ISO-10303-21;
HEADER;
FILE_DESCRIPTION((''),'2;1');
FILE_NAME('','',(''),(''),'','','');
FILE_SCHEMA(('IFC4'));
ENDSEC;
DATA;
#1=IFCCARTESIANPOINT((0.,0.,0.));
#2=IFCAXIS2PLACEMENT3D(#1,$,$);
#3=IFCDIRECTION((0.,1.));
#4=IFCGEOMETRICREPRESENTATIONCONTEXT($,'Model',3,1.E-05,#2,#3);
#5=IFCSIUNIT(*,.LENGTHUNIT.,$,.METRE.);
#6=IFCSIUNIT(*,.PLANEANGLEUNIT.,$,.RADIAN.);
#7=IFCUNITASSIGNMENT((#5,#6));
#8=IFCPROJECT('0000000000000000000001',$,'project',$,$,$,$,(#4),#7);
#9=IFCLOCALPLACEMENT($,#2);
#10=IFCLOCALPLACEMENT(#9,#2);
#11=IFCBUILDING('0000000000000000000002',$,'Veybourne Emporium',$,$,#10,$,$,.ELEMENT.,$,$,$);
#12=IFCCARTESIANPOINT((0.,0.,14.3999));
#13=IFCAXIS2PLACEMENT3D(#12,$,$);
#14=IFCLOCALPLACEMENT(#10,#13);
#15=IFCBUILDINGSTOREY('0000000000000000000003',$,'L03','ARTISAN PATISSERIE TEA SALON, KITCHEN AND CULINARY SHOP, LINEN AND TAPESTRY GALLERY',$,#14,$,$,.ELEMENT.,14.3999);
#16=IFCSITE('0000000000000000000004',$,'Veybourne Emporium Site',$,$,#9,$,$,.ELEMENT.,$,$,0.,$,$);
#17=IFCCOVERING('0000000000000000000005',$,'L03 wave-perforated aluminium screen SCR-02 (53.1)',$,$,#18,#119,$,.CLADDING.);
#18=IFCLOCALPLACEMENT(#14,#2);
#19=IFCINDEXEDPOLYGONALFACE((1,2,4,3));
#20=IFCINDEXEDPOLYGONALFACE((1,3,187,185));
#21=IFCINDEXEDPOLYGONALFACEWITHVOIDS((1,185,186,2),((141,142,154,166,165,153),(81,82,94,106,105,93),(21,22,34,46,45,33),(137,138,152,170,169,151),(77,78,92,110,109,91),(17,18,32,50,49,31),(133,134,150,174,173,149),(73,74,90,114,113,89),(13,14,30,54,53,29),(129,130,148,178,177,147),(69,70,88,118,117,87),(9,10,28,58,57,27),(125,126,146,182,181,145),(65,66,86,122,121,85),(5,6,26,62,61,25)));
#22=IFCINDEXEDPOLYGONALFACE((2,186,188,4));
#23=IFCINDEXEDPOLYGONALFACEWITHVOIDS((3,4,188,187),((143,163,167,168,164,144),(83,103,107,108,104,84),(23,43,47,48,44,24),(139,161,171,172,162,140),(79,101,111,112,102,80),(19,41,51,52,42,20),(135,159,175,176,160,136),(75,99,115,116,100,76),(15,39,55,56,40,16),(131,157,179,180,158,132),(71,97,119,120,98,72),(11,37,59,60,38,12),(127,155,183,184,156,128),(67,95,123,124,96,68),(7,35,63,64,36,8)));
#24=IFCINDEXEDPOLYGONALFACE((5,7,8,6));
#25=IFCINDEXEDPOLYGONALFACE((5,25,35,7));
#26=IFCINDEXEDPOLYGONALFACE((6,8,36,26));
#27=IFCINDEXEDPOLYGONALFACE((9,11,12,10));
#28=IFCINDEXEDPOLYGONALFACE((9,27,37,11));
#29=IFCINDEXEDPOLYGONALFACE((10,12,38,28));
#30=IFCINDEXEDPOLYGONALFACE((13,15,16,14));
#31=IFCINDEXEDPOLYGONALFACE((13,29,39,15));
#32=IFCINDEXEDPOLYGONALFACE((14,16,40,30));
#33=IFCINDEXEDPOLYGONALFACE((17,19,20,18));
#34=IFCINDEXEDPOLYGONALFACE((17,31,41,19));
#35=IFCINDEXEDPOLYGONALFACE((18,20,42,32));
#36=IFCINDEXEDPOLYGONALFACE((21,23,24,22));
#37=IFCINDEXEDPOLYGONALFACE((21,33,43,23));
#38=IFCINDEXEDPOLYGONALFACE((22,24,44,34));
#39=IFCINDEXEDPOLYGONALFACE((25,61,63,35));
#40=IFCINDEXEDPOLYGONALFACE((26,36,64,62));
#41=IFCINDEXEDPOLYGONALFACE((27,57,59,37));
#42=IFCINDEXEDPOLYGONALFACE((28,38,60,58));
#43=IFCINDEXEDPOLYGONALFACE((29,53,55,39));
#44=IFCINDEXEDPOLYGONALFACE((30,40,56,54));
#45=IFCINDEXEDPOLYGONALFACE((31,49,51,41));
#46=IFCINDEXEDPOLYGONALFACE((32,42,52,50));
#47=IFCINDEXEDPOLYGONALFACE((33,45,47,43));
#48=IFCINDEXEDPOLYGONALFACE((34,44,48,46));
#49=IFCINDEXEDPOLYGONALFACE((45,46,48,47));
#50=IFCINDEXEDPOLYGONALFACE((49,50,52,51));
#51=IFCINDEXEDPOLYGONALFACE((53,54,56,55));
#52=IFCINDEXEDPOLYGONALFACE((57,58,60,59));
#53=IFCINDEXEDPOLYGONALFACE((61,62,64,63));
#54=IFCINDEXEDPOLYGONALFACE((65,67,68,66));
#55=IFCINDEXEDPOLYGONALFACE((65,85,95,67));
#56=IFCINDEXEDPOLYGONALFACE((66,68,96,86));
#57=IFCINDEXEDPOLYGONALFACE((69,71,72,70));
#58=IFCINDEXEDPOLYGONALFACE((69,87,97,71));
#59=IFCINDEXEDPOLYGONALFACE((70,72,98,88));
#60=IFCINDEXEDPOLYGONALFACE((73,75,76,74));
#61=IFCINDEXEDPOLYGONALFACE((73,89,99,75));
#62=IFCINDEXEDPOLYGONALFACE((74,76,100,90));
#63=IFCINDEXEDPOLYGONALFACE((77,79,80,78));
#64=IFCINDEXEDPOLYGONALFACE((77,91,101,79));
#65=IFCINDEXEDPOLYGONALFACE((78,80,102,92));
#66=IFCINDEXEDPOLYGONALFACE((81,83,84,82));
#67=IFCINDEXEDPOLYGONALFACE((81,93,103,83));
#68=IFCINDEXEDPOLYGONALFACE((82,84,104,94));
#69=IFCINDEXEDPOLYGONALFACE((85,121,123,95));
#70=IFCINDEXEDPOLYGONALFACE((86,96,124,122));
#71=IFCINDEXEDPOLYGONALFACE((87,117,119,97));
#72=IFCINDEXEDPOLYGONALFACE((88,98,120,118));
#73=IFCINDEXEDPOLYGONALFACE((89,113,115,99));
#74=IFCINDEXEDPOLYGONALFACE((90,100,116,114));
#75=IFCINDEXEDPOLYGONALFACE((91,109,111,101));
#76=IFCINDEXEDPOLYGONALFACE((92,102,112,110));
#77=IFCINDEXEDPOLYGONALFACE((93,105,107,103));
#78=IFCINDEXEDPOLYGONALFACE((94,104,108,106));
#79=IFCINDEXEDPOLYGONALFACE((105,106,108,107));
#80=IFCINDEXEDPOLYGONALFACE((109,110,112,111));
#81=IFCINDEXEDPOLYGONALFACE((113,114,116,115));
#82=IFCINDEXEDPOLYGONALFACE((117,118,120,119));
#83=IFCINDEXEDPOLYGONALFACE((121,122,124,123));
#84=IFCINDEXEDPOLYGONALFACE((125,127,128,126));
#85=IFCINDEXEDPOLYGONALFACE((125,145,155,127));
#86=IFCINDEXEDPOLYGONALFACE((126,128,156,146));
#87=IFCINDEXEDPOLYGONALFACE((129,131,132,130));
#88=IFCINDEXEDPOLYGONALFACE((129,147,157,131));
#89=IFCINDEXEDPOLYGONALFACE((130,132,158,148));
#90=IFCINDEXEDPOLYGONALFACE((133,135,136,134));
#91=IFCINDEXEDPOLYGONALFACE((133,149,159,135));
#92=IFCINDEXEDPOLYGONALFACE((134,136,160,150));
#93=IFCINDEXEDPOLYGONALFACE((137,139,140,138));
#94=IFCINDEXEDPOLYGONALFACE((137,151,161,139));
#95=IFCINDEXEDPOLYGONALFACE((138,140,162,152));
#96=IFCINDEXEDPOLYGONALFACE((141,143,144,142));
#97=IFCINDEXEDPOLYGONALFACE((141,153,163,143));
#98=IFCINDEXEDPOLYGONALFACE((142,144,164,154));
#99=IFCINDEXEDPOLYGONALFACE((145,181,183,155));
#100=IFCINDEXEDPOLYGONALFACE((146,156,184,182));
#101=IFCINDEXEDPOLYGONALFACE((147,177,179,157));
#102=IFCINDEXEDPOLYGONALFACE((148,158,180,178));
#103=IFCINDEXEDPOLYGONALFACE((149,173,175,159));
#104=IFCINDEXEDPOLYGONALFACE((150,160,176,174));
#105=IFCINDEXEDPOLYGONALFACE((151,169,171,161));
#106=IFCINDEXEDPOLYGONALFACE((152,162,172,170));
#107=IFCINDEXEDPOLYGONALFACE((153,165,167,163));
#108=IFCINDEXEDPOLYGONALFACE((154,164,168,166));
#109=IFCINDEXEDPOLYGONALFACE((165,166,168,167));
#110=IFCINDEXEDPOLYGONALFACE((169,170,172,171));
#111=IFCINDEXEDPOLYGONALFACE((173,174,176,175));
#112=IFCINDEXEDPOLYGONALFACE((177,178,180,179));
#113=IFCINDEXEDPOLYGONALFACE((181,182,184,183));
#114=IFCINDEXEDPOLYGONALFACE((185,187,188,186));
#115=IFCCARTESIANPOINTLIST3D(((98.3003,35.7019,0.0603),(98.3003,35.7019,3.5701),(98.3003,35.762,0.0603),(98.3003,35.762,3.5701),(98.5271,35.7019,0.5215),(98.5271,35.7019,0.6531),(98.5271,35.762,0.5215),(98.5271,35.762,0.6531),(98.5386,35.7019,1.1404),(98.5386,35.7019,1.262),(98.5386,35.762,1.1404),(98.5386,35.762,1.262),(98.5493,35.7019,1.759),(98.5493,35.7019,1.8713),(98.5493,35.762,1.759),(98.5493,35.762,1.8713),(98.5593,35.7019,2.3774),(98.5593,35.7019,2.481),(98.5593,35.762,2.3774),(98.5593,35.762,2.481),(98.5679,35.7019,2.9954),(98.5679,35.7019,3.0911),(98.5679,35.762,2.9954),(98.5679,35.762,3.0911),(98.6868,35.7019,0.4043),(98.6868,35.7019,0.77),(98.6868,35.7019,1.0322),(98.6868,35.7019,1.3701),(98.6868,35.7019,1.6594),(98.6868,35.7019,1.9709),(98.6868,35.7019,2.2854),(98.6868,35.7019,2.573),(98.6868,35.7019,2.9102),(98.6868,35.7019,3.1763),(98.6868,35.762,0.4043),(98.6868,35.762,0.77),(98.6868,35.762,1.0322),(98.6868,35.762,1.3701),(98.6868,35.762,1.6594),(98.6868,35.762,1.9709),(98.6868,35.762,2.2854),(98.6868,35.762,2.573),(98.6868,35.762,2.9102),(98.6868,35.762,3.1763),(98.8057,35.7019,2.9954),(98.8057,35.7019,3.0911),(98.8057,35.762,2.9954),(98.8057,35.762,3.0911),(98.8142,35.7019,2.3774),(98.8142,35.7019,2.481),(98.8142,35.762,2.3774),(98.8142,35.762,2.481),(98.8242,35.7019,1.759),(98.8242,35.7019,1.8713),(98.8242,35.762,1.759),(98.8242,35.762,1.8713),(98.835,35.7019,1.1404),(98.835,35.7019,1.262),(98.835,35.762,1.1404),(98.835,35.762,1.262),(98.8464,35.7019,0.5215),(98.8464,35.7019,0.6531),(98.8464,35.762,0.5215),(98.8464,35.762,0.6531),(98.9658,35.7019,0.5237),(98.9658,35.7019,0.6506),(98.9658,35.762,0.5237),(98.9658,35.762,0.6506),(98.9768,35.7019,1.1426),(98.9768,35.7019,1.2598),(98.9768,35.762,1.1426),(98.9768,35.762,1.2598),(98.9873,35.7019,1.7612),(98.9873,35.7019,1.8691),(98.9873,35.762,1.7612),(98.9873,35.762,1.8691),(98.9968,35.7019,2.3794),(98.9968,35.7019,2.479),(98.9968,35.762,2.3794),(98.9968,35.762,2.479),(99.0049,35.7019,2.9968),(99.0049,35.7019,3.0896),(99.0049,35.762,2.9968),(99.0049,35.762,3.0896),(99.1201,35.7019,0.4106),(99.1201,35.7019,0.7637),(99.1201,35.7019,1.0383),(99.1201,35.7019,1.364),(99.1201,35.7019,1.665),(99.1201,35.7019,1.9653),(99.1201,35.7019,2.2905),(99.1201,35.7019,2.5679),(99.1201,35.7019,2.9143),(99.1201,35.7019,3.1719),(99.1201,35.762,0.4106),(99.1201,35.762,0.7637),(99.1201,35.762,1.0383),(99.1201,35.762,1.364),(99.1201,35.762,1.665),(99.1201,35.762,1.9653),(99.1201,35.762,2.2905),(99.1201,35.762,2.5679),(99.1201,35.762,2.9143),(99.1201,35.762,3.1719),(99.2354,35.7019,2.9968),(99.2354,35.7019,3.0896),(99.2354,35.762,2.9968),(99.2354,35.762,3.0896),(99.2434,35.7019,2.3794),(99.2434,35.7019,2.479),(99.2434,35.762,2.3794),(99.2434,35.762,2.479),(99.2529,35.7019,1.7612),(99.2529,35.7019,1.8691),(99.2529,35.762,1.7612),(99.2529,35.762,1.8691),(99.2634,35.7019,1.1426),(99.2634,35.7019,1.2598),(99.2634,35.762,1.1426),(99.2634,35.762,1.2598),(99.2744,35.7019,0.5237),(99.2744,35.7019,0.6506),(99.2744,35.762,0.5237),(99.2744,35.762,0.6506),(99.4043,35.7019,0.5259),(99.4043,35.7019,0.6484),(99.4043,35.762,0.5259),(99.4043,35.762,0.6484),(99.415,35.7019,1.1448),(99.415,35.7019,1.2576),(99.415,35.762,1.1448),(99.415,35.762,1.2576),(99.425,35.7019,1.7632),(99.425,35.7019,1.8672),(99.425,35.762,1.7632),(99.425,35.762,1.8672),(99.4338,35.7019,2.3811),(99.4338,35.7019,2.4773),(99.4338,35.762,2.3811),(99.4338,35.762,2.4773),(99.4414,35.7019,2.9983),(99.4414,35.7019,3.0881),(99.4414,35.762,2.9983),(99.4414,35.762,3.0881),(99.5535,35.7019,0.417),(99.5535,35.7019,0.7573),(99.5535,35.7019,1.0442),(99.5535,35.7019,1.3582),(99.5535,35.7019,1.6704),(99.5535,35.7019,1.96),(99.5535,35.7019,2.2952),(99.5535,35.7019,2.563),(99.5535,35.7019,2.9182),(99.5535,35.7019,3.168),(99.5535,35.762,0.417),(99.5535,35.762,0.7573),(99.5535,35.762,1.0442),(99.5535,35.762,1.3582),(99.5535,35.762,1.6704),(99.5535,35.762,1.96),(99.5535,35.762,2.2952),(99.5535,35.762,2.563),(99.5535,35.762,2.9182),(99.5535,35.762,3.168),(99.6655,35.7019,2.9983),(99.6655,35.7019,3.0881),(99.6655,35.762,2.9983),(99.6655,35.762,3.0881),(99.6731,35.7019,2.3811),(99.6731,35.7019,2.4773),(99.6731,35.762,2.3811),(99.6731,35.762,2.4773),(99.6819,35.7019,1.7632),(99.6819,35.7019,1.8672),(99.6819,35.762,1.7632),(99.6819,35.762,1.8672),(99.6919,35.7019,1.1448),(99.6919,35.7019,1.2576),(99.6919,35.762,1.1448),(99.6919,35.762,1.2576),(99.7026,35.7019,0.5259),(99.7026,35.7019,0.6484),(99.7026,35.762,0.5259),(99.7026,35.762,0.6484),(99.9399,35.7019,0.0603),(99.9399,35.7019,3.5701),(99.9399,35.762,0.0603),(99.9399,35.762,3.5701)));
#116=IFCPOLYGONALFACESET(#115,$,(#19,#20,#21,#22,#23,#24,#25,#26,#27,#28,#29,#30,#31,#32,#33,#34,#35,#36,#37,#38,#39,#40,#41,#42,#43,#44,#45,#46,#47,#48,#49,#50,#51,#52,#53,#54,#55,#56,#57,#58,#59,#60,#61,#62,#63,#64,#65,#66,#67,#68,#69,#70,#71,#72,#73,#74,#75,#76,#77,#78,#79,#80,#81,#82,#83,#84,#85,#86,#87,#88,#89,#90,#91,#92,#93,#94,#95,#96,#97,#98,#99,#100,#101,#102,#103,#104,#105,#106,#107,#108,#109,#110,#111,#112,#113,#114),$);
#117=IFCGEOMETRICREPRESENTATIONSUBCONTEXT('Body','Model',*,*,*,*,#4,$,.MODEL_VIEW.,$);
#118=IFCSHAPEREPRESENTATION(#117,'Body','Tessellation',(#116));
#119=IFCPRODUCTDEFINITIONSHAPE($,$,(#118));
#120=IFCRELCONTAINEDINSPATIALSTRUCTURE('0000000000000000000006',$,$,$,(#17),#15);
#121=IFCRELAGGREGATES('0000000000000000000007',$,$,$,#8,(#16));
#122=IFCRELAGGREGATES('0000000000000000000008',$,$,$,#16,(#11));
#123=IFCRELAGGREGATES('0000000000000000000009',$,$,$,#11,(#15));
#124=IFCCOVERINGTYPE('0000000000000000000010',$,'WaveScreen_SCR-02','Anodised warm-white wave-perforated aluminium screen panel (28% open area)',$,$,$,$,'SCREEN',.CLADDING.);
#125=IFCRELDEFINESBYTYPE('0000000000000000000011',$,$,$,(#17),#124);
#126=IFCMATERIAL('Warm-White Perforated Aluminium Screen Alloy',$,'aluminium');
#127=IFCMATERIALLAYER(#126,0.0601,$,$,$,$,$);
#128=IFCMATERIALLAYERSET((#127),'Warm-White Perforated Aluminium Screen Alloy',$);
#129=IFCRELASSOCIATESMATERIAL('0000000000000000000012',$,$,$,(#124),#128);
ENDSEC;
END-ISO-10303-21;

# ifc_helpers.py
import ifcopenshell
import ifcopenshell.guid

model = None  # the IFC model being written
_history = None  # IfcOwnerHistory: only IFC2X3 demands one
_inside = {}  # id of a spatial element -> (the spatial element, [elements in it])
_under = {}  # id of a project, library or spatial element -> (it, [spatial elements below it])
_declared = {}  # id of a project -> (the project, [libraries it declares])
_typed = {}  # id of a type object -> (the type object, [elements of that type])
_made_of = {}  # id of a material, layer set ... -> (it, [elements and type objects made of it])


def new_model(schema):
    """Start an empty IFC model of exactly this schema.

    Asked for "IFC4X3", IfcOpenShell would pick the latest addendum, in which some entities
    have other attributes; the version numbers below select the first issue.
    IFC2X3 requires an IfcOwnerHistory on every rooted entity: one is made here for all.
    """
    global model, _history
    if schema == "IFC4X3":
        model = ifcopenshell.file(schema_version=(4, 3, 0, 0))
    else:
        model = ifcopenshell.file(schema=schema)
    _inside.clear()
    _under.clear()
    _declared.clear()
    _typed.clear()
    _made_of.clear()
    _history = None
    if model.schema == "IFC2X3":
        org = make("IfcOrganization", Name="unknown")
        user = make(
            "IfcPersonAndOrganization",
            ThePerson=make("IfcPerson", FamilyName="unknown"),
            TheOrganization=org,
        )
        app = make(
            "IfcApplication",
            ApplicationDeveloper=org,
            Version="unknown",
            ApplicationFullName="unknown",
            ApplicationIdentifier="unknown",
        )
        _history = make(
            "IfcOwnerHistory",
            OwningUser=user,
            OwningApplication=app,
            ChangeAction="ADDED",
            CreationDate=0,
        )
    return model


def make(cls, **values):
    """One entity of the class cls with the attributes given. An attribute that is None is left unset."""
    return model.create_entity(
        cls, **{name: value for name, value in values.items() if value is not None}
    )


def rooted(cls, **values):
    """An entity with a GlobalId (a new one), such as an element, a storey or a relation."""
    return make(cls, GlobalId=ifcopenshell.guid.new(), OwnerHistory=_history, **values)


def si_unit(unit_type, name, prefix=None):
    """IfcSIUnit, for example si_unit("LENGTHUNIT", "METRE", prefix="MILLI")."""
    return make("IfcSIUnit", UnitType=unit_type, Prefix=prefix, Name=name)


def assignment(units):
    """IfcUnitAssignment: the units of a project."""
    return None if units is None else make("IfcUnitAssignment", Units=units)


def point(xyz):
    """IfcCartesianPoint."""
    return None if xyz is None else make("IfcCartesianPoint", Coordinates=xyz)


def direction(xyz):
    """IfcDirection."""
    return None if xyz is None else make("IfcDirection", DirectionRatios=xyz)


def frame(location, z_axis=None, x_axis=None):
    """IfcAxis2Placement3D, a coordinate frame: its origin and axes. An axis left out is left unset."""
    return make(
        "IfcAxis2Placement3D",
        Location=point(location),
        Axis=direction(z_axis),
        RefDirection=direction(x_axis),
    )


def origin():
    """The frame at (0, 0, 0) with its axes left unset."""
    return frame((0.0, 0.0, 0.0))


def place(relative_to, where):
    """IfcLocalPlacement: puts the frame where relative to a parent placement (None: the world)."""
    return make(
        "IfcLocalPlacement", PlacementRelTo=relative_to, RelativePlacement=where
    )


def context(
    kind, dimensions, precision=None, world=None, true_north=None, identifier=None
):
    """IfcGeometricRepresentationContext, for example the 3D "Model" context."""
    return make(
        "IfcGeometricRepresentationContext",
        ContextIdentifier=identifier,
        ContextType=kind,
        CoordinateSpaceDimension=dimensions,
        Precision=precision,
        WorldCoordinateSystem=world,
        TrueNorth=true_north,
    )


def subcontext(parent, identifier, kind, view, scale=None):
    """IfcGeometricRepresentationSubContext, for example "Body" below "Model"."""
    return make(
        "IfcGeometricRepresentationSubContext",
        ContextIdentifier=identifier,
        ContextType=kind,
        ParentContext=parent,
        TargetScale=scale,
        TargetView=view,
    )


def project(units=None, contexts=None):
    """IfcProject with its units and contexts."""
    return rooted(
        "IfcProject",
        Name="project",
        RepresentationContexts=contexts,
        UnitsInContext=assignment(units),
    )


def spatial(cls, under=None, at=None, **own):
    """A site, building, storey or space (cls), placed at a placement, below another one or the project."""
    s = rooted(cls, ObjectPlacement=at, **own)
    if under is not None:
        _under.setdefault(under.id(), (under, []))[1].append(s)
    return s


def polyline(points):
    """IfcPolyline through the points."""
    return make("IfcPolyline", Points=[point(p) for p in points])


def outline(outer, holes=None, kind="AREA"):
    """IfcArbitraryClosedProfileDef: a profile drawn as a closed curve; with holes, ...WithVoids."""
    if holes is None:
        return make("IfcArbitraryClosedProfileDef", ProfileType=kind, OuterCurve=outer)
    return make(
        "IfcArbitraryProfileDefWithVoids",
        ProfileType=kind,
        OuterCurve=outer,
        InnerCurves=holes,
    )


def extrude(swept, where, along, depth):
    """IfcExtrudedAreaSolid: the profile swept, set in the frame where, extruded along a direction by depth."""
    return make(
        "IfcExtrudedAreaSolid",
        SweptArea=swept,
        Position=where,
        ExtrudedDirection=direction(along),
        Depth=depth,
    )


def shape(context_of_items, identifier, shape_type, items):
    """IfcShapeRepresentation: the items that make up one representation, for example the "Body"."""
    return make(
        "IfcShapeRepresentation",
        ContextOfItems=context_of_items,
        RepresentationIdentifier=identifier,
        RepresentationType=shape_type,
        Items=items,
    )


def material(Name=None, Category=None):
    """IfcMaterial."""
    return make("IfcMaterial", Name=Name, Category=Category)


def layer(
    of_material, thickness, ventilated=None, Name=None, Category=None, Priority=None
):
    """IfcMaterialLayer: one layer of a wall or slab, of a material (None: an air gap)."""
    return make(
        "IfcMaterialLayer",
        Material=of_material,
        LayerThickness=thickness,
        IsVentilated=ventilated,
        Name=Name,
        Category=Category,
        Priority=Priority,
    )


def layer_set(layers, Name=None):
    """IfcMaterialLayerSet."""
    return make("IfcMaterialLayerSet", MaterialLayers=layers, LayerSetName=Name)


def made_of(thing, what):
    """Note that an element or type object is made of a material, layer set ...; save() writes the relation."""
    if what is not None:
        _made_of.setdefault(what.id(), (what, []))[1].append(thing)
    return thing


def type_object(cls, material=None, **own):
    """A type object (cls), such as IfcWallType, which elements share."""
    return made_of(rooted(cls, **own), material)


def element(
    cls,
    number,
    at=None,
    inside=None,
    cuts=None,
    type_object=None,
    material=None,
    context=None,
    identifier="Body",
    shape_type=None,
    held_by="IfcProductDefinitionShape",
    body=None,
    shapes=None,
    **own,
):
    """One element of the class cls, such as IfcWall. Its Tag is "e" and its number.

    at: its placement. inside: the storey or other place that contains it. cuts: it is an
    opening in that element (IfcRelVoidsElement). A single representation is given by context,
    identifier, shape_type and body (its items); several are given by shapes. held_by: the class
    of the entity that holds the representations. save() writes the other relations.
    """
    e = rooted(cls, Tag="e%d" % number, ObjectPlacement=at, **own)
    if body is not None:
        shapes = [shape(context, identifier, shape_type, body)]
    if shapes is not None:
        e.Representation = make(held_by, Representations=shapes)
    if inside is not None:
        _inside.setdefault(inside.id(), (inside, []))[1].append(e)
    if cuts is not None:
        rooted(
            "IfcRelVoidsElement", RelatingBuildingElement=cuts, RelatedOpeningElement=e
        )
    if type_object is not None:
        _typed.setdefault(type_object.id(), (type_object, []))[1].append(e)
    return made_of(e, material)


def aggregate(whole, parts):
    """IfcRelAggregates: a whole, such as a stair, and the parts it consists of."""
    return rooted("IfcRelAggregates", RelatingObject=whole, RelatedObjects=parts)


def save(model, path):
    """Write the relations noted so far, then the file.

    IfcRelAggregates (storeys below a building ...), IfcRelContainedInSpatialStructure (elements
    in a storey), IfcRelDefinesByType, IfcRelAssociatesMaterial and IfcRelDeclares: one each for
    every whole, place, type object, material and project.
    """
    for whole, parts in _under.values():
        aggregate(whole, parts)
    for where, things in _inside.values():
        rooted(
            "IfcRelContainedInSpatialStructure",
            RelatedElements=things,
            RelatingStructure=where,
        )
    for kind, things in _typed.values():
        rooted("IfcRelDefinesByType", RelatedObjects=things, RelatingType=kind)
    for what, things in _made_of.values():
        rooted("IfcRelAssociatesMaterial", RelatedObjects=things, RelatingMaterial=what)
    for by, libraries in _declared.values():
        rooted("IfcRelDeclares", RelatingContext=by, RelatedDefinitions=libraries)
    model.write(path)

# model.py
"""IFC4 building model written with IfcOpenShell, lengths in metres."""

from ifc_helpers import new_model, si_unit, direction, frame, origin, place, context, subcontext, project, spatial, polyline, outline, extrude, material, layer, layer_set, type_object, element, save


model = new_model("IFC4")

# Units and contexts
model_context = context("Model", 3, precision=1e-05, world=origin(), true_north=direction((0.0, 1.0)))
body_context = subcontext(model_context, "Body", "Model", "MODEL_VIEW")
ifc_project = project(units=[si_unit("LENGTHUNIT", "METRE"), si_unit("PLANEANGLEUNIT", "RADIAN")], contexts=[model_context])

# Site, building, storey
site_placement = place(None, origin())
site = spatial("IfcSite", under=ifc_project, at=site_placement, Name="Veybourne Emporium Site", CompositionType="ELEMENT", RefElevation=0.0)
building_placement = place(site_placement, origin())
building = spatial("IfcBuilding", under=site, at=building_placement, Name="Veybourne Emporium", CompositionType="ELEMENT")
storey_placement = place(building_placement, frame((0.0, 0.0, 14.3999)))
storey = spatial("IfcBuildingStorey", under=building, at=storey_placement, Name="L03", Description="ARTISAN PATISSERIE TEA SALON, KITCHEN AND CULINARY SHOP, LINEN AND TAPESTRY GALLERY", CompositionType="ELEMENT", Elevation=14.3999)

# Covering
ifc_material_1 = material(Name="Warm-White Perforated Aluminium Screen Alloy", Category="aluminium")
ifc_layer_1 = layer(ifc_material_1, 0.0601)
ifc_layer_set_1 = layer_set([ifc_layer_1], Name="Warm-White Perforated Aluminium Screen Alloy")
covering_type_1 = type_object("IfcCoveringType", Name="WaveScreen_SCR-02", Description="Anodised warm-white wave-perforated aluminium screen panel (28% open area)", ElementType="SCREEN", PredefinedType="CLADDING", material=ifc_layer_set_1)
covering_1_placement = place(storey_placement, frame((99.1201, 35.7019, 1.8152), z_axis=(0.0, 1.0, 0.0), x_axis=(-1.0, 0.0, 0.0)))
element("IfcCovering", 1, at=covering_1_placement, inside=storey, type_object=covering_type_1, Name="L03 wave-perforated aluminium screen SCR-02 (53.1)", PredefinedType="CLADDING", context=body_context, shape_type="SweptSolid", body=[
    extrude(outline(polyline([(-0.8198, -1.7549), (0.8198, -1.7549), (0.8198, 1.7549), (-0.8198, 1.7549), (-0.8198, -1.7549)]), holes=[polyline([(-0.4333, -1.0579), (-0.2842, -1.1667), (-0.2842, -1.2893), (-0.4333, -1.3982), (-0.5825, -1.2893), (-0.5825, -1.1667), (-0.4333, -1.0579)]), polyline([(-0.4333, -0.457), (-0.2949, -0.5576), (-0.2949, -0.6704), (-0.4333, -0.771), (-0.5718, -0.6704), (-0.5718, -0.5576), (-0.4333, -0.457)]), polyline([(-0.4333, 0.1448), (-0.3049, 0.052), (-0.3049, -0.052), (-0.4333, -0.1448), (-0.5618, -0.052), (-0.5618, 0.052), (-0.4333, 0.1448)]), polyline([(-0.4333, 0.7478), (-0.3137, 0.6621), (-0.3137, 0.5659), (-0.4333, 0.48), (-0.553, 0.5659), (-0.553, 0.6621), (-0.4333, 0.7478)]), polyline([(-0.4333, 1.3528), (-0.3213, 1.2729), (-0.3213, 1.1831), (-0.4333, 1.103), (-0.5454, 1.1831), (-0.5454, 1.2729), (-0.4333, 1.3528)]), polyline([(0.0, -1.0515), (0.1543, -1.1646), (0.1543, -1.2915), (0.0, -1.4045), (-0.1543, -1.2915), (-0.1543, -1.1646), (0.0, -1.0515)]), polyline([(0.0, -0.4512), (0.1433, -0.5554), (0.1433, -0.6726), (0.0, -0.7769), (-0.1433, -0.6726), (-0.1433, -0.5554), (0.0, -0.4512)]), polyline([(0.0, 0.1501), (0.1328, 0.054), (0.1328, -0.054), (0.0, -0.1501), (-0.1328, -0.054), (-0.1328, 0.054), (0.0, 0.1501)]), polyline([(0.0, 0.7527), (0.1233, 0.6638), (0.1233, 0.5642), (0.0, 0.4753), (-0.1233, 0.5642), (-0.1233, 0.6638), (0.0, 0.7527)]), polyline([(0.0, 1.3567), (0.1152, 1.2744), (0.1152, 1.1816), (0.0, 1.0991), (-0.1152, 1.1816), (-0.1152, 1.2744), (0.0, 1.3567)]), polyline([(0.4333, -1.0452), (0.593, -1.1621), (0.593, -1.2937), (0.4333, -1.4109), (0.2737, -1.2937), (0.2737, -1.1621), (0.4333, -1.0452)]), polyline([(0.4333, -0.4451), (0.5815, -0.5532), (0.5815, -0.6748), (0.4333, -0.783), (0.2852, -0.6748), (0.2852, -0.5532), (0.4333, -0.4451)]), polyline([(0.4333, 0.1558), (0.5708, 0.0562), (0.5708, -0.0562), (0.4333, -0.1558), (0.2959, -0.0562), (0.2959, 0.0562), (0.4333, 0.1558)]), polyline([(0.4333, 0.7578), (0.5608, 0.6658), (0.5608, 0.5623), (0.4333, 0.4702), (0.3059, 0.5623), (0.3059, 0.6658), (0.4333, 0.7578)]), polyline([(0.4333, 1.3611), (0.5522, 1.2759), (0.5522, 1.1802), (0.4333, 1.095), (0.3145, 1.1802), (0.3145, 1.2759), (0.4333, 1.3611)])]), origin(), (0.0, 0.0, 1.0), 0.0601),
])

save(model, "model.ifc")
